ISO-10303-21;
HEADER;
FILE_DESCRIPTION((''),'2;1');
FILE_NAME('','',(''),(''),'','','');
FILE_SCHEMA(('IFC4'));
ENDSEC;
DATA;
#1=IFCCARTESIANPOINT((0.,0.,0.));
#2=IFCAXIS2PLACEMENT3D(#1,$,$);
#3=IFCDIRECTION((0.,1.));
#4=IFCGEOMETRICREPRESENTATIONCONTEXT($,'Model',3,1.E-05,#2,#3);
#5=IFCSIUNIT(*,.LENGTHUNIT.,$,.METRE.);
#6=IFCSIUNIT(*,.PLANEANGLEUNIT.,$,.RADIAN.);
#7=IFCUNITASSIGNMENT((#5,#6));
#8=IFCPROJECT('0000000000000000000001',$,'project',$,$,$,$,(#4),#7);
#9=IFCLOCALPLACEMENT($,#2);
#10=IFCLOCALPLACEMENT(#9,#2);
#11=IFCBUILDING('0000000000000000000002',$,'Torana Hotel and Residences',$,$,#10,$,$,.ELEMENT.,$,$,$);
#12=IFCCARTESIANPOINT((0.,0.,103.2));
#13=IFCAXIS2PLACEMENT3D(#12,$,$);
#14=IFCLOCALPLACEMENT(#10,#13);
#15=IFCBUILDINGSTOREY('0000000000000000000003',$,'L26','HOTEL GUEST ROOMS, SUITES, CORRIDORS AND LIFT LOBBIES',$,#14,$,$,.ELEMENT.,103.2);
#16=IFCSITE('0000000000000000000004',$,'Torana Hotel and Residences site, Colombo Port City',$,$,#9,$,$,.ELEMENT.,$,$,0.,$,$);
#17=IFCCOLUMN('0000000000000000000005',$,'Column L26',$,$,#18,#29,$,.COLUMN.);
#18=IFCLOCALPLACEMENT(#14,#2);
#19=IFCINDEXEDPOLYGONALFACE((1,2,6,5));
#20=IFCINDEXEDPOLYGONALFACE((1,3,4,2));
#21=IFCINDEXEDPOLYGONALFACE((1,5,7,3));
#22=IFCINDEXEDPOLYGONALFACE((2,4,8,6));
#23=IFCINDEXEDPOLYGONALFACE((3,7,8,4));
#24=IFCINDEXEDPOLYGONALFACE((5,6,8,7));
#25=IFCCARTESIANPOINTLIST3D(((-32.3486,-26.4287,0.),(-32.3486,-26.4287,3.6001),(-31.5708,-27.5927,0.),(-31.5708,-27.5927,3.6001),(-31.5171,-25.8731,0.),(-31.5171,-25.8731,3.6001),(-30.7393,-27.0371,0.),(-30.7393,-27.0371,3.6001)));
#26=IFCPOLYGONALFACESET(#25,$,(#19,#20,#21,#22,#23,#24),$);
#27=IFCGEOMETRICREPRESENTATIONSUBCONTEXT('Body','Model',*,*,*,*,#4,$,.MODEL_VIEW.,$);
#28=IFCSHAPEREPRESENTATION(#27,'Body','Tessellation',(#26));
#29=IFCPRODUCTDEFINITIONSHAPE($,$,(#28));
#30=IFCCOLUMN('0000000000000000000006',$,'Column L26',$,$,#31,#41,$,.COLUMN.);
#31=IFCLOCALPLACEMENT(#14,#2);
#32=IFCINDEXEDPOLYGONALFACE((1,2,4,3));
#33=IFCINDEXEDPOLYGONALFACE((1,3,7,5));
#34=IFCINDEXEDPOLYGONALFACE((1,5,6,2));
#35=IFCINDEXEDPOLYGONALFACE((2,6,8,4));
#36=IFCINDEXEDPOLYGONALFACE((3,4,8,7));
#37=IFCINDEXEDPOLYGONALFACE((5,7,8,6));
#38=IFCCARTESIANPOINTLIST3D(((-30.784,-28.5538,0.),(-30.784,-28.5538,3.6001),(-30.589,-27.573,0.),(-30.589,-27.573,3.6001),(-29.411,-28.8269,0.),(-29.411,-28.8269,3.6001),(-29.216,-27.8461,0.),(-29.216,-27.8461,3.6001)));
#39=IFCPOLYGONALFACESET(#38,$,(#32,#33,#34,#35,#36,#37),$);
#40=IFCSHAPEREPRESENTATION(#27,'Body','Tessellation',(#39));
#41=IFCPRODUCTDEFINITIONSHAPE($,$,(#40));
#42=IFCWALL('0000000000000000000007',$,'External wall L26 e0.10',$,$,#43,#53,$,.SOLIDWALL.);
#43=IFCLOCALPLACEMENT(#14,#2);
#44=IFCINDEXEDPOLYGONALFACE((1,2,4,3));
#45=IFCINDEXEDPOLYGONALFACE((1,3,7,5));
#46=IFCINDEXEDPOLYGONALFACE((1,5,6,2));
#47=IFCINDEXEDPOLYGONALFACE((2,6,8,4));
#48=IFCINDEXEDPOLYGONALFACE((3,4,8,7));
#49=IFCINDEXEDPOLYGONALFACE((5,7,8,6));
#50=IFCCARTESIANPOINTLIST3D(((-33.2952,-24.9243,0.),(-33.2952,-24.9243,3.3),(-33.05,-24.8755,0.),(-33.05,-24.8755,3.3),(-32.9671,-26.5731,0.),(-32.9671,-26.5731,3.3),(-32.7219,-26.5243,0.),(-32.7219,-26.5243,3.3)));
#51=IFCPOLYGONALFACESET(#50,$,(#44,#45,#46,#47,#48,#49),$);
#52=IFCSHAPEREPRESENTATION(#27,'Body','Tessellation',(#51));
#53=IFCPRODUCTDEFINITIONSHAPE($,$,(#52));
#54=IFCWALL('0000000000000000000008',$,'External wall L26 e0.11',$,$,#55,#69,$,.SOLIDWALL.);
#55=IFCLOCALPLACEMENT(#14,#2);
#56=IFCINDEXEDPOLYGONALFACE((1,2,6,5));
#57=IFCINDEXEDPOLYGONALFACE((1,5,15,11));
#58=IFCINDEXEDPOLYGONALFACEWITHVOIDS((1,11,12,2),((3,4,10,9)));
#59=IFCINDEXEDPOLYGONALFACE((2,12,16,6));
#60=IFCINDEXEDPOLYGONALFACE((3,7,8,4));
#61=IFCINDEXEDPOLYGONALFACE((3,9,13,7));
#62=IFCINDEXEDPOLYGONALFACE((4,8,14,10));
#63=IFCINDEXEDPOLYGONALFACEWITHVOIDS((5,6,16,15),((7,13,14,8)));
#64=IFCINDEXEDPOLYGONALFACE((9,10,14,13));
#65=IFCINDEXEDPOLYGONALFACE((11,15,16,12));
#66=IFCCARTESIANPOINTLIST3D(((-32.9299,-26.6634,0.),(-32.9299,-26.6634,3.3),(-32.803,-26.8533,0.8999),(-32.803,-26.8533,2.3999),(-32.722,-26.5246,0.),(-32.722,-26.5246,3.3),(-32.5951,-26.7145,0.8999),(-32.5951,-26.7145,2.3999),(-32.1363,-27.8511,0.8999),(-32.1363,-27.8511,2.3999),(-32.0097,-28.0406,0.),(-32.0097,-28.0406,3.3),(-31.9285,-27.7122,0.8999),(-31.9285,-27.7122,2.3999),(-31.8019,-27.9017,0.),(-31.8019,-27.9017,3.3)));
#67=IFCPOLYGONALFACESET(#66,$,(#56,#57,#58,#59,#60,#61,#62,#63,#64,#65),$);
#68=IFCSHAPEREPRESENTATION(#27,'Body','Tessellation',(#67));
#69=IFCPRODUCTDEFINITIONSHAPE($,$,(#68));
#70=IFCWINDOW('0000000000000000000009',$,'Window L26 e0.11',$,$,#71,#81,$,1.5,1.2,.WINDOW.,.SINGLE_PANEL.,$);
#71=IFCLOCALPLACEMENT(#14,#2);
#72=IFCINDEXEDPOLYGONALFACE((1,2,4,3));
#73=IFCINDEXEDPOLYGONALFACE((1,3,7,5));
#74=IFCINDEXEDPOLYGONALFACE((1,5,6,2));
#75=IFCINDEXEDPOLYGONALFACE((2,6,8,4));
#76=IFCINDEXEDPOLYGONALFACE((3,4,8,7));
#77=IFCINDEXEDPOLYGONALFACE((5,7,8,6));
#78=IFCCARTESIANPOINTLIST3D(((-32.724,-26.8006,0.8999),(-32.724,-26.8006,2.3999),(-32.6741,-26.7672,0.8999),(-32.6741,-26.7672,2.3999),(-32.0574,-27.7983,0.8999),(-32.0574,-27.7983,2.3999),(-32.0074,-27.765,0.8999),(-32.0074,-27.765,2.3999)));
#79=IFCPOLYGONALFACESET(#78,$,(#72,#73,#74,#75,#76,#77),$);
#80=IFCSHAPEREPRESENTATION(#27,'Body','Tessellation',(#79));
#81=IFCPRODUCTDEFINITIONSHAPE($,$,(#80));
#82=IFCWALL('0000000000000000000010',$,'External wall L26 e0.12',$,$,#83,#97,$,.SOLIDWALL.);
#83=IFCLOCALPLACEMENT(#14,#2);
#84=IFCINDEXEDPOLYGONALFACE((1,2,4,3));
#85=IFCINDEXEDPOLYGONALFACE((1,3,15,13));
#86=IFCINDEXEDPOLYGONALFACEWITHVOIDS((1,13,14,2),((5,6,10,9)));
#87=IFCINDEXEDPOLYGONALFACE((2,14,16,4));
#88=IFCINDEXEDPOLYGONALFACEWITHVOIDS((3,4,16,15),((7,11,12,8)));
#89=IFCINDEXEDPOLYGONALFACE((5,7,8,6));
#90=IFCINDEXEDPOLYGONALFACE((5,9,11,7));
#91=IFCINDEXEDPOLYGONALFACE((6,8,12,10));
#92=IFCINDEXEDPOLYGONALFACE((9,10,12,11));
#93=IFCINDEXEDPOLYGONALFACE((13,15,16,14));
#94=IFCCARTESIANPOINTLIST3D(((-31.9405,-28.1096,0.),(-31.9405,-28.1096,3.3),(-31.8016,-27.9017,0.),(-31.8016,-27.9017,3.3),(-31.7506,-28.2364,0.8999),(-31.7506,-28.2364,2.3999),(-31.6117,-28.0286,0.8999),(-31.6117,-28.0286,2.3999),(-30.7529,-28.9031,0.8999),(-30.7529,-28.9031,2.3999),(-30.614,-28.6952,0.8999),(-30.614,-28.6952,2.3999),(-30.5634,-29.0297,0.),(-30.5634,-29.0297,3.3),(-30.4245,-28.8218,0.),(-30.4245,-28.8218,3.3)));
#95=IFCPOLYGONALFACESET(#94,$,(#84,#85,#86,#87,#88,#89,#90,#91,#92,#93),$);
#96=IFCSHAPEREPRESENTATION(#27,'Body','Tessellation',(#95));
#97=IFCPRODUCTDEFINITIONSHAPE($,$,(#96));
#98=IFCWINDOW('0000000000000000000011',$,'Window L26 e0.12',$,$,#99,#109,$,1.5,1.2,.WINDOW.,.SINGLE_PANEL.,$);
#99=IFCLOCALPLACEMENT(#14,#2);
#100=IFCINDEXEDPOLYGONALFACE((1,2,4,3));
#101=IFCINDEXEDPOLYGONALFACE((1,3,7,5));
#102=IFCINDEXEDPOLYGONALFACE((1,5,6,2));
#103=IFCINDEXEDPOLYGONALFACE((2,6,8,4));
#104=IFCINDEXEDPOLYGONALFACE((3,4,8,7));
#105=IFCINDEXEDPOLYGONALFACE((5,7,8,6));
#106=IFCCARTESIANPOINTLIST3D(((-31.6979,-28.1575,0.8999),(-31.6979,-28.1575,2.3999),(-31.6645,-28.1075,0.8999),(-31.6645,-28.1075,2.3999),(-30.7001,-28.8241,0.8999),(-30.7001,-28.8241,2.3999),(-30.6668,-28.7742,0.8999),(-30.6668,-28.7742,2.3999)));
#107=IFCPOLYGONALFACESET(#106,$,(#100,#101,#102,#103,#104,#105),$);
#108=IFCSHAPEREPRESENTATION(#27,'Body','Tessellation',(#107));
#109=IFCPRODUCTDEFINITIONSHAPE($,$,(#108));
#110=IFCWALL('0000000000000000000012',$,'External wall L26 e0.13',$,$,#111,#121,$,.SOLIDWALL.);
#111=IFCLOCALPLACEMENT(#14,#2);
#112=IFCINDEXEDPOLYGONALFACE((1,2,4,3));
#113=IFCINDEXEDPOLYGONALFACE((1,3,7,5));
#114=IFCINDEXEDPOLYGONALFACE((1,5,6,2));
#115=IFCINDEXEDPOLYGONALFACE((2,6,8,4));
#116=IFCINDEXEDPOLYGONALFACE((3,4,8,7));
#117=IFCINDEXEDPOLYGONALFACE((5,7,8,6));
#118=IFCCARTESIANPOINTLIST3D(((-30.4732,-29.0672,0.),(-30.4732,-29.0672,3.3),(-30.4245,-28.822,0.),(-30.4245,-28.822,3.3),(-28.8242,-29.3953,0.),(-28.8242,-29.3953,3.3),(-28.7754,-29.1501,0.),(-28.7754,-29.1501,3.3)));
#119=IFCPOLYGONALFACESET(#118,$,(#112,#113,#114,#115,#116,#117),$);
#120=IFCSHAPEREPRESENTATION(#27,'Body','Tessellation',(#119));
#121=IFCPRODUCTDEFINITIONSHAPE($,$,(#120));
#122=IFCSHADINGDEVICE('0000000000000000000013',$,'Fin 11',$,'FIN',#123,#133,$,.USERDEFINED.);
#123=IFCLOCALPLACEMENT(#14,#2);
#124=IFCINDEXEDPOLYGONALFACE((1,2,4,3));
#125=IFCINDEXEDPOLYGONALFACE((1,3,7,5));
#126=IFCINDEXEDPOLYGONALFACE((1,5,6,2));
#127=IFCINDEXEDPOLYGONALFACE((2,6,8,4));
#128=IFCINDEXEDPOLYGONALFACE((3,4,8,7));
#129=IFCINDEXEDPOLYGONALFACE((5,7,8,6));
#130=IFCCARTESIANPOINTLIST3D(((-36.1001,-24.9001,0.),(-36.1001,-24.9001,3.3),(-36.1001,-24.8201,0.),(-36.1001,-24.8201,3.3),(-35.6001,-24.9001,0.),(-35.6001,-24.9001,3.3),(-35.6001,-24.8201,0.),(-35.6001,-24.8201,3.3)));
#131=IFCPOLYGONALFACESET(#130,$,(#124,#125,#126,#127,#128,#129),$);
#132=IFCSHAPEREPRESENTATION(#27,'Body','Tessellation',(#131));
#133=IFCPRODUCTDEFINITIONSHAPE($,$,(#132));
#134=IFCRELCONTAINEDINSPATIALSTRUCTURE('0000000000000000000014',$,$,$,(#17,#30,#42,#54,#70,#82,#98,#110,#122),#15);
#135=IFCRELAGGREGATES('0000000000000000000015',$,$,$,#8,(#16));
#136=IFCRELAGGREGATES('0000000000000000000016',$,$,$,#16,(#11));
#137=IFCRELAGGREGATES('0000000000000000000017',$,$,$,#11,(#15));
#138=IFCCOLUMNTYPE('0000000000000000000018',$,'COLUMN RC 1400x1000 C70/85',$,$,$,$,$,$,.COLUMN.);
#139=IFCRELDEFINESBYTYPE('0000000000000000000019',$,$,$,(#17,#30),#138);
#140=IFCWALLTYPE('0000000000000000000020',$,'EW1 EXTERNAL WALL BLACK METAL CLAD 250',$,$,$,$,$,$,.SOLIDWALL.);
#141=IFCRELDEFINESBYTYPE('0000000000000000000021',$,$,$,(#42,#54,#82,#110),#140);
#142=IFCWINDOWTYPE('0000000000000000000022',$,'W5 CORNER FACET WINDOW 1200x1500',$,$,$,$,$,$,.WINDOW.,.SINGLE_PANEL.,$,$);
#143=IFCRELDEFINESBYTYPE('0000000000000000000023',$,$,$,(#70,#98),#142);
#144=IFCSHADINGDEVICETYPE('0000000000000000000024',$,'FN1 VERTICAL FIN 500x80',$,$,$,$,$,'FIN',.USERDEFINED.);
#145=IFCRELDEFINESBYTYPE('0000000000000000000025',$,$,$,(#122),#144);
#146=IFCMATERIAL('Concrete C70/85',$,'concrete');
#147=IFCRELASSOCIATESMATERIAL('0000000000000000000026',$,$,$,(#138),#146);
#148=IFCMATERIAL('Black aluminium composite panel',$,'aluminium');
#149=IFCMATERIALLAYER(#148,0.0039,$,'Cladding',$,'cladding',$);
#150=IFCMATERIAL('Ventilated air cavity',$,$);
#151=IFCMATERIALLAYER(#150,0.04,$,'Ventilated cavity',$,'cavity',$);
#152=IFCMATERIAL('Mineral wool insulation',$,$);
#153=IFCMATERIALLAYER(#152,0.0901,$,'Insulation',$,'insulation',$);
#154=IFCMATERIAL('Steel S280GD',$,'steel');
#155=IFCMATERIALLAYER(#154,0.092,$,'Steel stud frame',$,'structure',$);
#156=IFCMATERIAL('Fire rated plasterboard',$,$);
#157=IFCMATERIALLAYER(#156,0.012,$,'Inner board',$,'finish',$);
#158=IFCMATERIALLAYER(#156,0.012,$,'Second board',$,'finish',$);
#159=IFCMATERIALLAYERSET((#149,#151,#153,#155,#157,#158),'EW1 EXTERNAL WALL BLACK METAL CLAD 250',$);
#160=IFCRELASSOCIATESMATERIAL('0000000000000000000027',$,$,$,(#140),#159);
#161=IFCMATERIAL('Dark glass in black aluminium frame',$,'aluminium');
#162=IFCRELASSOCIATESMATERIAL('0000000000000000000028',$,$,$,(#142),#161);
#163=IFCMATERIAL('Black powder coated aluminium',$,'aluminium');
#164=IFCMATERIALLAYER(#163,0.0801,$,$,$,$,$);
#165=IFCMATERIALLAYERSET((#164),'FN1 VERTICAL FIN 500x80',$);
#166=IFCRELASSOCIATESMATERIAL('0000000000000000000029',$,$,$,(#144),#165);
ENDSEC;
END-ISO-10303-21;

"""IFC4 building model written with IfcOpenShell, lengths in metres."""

from ifc_helpers import new_model, si_unit, direction, frame, frame_2d, origin, origin_2d, place, context, subcontext, project, spatial, rectangle, extrude, material, layer, layer_set, material_profile, profile_set, type_object, element, fill, save


model = new_model("IFC4")

# Units and contexts
model_context = context("Model", 3, precision=1e-05, world=origin(), true_north=direction((0.0, 1.0)))
body_context = subcontext(model_context, "Body", "Model", "MODEL_VIEW")
ifc_project = project(units=[si_unit("LENGTHUNIT", "METRE"), si_unit("PLANEANGLEUNIT", "RADIAN")], contexts=[model_context])

# Site, building, storey
site_placement = place(None, origin())
site = spatial("IfcSite", under=ifc_project, at=site_placement, Name="Torana Hotel and Residences site, Colombo Port City", CompositionType="ELEMENT", RefElevation=0.0)
building_placement = place(site_placement, origin())
building = spatial("IfcBuilding", under=site, at=building_placement, Name="Torana Hotel and Residences", CompositionType="ELEMENT")
storey_placement = place(building_placement, frame((0.0, 0.0, 103.2)))
storey = spatial("IfcBuildingStorey", under=building, at=storey_placement, Name="L26", Description="HOTEL GUEST ROOMS, SUITES, CORRIDORS AND LIFT LOBBIES", CompositionType="ELEMENT", Elevation=103.2)

# Columns
ifc_material_1 = material(Name="Concrete C70/85", Category="concrete")
ifc_material_profile = material_profile(ifc_material_1, rectangle(XDim=1.3999, YDim=1.0, at=origin_2d()), Name="RC 1400x1000")
ifc_profile_set = profile_set([ifc_material_profile], Name="Concrete C70/85")
column_type = type_object("IfcColumnType", Name="COLUMN RC 1400x1000 C70/85", PredefinedType="COLUMN", material=ifc_profile_set)
for number, where, z_axis, x_axis, name in (
    (1, (-31.5439, -26.7329, 0.0), (0.0, 0.0, 1.0), (-0.555585, 0.83146, 0.0), "Column L26"),
    (2, (-30.0, -28.2, 0.0), (0.0, 0.0, 1.0), (-0.980792, 0.195056, 0.0), "Column L26"),
):
    element("IfcColumn", number, at=place(storey_placement, frame(where, z_axis=z_axis, x_axis=x_axis)), inside=storey, type_object=column_type, Name=name, PredefinedType="COLUMN", context=body_context, shape_type="SweptSolid", body=[
        extrude(rectangle(XDim=1.3999, YDim=1.0, at=origin_2d()), origin(), (0.0, 0.0, 1.0), 3.6001),
    ])

# Wall
ifc_material_2 = material(Name="Black aluminium composite panel", Category="aluminium")
ifc_layer_1 = layer(ifc_material_2, 0.0039, Name="Cladding", Category="cladding")
ifc_material_3 = material(Name="Ventilated air cavity")
ifc_layer_2 = layer(ifc_material_3, 0.04, Name="Ventilated cavity", Category="cavity")
ifc_material_4 = material(Name="Mineral wool insulation")
ifc_layer_3 = layer(ifc_material_4, 0.0901, Name="Insulation", Category="insulation")
ifc_material_5 = material(Name="Steel S280GD", Category="steel")
ifc_layer_4 = layer(ifc_material_5, 0.092, Name="Steel stud frame", Category="structure")
ifc_material_6 = material(Name="Fire rated plasterboard")
ifc_layer_5 = layer(ifc_material_6, 0.012, Name="Inner board", Category="finish")
ifc_layer_6 = layer(ifc_material_6, 0.012, Name="Second board", Category="finish")
ifc_layer_set_1 = layer_set([ifc_layer_1, ifc_layer_2, ifc_layer_3, ifc_layer_4, ifc_layer_5, ifc_layer_6], Name="EW1 EXTERNAL WALL BLACK METAL CLAD 250")
wall_type = type_object("IfcWallType", Name="EW1 EXTERNAL WALL BLACK METAL CLAD 250", PredefinedType="SOLIDWALL", material=ifc_layer_set_1)
wall_1_placement = place(storey_placement, frame((-33.1726, -24.8999, 0.0), z_axis=(0.0, 0.0, 1.0), x_axis=(0.195167, -0.98077, 0.0)))
element("IfcWall", 3, at=wall_1_placement, inside=storey, type_object=wall_type, Name="External wall L26 e0.10", PredefinedType="SOLIDWALL", context=body_context, shape_type="SweptSolid", body=[
    extrude(rectangle(XDim=1.6812, YDim=0.25, at=frame_2d((0.8406, 0.0))), origin(), (0.0, 0.0, 1.0), 3.3),
])

# Walls, openings, windows
wall_2_placement = place(storey_placement, frame((-32.8259, -26.594, 0.0), z_axis=(0.0, 0.0, 1.0), x_axis=(0.55555, -0.831483, 0.0)))
wall_2 = element("IfcWall", 4, at=wall_2_placement, inside=storey, type_object=wall_type, Name="External wall L26 e0.11", PredefinedType="SOLIDWALL", context=body_context, shape_type="SweptSolid", body=[
    extrude(rectangle(XDim=1.6562, YDim=0.25, at=frame_2d((0.8281, 0.0))), origin(), (0.0, 0.0, 1.0), 3.3),
])
opening_1_placement = place(wall_2_placement, frame((0.2283, 0.0, 0.8999)))
opening_1 = element("IfcOpeningElement", 5, at=opening_1_placement, cuts=wall_2, PredefinedType="OPENING", context=body_context, shape_type="SweptSolid", body=[
    extrude(rectangle(XDim=1.2, YDim=1.5, at=frame_2d((0.6001, 0.75))), frame((0.0, 0.135, 0.0), z_axis=(0.0, -1.0, 0.0), x_axis=(1.0, 0.0, 0.0)), (0.0, 0.0, 1.0), 0.27),
])
ifc_material_7 = material(Name="Dark glass in black aluminium frame", Category="aluminium")
window_type = type_object("IfcWindowType", Name="W5 CORNER FACET WINDOW 1200x1500", PartitioningType="SINGLE_PANEL", PredefinedType="WINDOW", material=ifc_material_7)
window_1_placement = place(opening_1_placement, origin())
window_1 = element("IfcWindow", 6, at=window_1_placement, inside=storey, type_object=window_type, Name="Window L26 e0.11", OverallHeight=1.5, OverallWidth=1.2, PartitioningType="SINGLE_PANEL", PredefinedType="WINDOW", context=body_context, shape_type="SweptSolid", body=[
    extrude(rectangle(XDim=1.2, YDim=1.5, at=frame_2d((0.6001, 0.75))), frame((0.0, 0.03, 0.0), z_axis=(0.0, -1.0, 0.0), x_axis=(1.0, 0.0, 0.0)), (0.0, 0.0, 1.0), 0.0601),
])
fill(opening_1, window_1)
wall_3_placement = place(storey_placement, frame((-31.8711, -28.0056, 0.0), z_axis=(0.0, 0.0, 1.0), x_axis=(0.831483, -0.55555, 0.0)))
wall_3 = element("IfcWall", 7, at=wall_3_placement, inside=storey, type_object=wall_type, Name="External wall L26 e0.12", PredefinedType="SOLIDWALL", context=body_context, shape_type="SweptSolid", body=[
    extrude(rectangle(XDim=1.6562, YDim=0.25, at=frame_2d((0.8281, 0.0))), origin(), (0.0, 0.0, 1.0), 3.3),
])
opening_2_placement = place(wall_3_placement, frame((0.2283, 0.0, 0.8999)))
opening_2 = element("IfcOpeningElement", 8, at=opening_2_placement, cuts=wall_3, PredefinedType="OPENING", context=body_context, shape_type="SweptSolid", body=[
    extrude(rectangle(XDim=1.2, YDim=1.5, at=frame_2d((0.6001, 0.75))), frame((0.0, 0.135, 0.0), z_axis=(0.0, -1.0, 0.0), x_axis=(1.0, 0.0, 0.0)), (0.0, 0.0, 1.0), 0.27),
])
window_2_placement = place(opening_2_placement, origin())
window_2 = element("IfcWindow", 9, at=window_2_placement, inside=storey, type_object=window_type, Name="Window L26 e0.12", OverallHeight=1.5, OverallWidth=1.2, PartitioningType="SINGLE_PANEL", PredefinedType="WINDOW", context=body_context, shape_type="SweptSolid", body=[
    extrude(rectangle(XDim=1.2, YDim=1.5, at=frame_2d((0.6001, 0.75))), frame((0.0, 0.03, 0.0), z_axis=(0.0, -1.0, 0.0), x_axis=(1.0, 0.0, 0.0)), (0.0, 0.0, 1.0), 0.0601),
])
fill(opening_2, window_2)

# Wall
wall_4_placement = place(storey_placement, frame((-30.449, -28.9446, 0.0), z_axis=(0.0, 0.0, 1.0), x_axis=(0.980776, -0.195139, 0.0)))
element("IfcWall", 10, at=wall_4_placement, inside=storey, type_object=wall_type, Name="External wall L26 e0.13", PredefinedType="SOLIDWALL", context=body_context, shape_type="SweptSolid", body=[
    extrude(rectangle(XDim=1.6814, YDim=0.25, at=frame_2d((0.8408, 0.0))), origin(), (0.0, 0.0, 1.0), 3.3),
])

# Shading device
ifc_material_8 = material(Name="Black powder coated aluminium", Category="aluminium")
ifc_layer_7 = layer(ifc_material_8, 0.0801)
ifc_layer_set_2 = layer_set([ifc_layer_7], Name="FN1 VERTICAL FIN 500x80")
shading_device_type = type_object("IfcShadingDeviceType", Name="FN1 VERTICAL FIN 500x80", ElementType="FIN", PredefinedType="USERDEFINED", material=ifc_layer_set_2)
shading_device_placement = place(storey_placement, frame((-35.8501, -24.8601, 0.0), z_axis=(0.0, 0.0, 1.0), x_axis=(0.0, 1.0, 0.0)))
element("IfcShadingDevice", 11, at=shading_device_placement, inside=storey, type_object=shading_device_type, Name="Fin 11", ObjectType="FIN", PredefinedType="USERDEFINED", context=body_context, shape_type="SweptSolid", body=[
    extrude(rectangle(XDim=0.0801, YDim=0.5, at=origin_2d()), origin(), (0.0, 0.0, 1.0), 3.3),
])

save(model, "model.ifc")
